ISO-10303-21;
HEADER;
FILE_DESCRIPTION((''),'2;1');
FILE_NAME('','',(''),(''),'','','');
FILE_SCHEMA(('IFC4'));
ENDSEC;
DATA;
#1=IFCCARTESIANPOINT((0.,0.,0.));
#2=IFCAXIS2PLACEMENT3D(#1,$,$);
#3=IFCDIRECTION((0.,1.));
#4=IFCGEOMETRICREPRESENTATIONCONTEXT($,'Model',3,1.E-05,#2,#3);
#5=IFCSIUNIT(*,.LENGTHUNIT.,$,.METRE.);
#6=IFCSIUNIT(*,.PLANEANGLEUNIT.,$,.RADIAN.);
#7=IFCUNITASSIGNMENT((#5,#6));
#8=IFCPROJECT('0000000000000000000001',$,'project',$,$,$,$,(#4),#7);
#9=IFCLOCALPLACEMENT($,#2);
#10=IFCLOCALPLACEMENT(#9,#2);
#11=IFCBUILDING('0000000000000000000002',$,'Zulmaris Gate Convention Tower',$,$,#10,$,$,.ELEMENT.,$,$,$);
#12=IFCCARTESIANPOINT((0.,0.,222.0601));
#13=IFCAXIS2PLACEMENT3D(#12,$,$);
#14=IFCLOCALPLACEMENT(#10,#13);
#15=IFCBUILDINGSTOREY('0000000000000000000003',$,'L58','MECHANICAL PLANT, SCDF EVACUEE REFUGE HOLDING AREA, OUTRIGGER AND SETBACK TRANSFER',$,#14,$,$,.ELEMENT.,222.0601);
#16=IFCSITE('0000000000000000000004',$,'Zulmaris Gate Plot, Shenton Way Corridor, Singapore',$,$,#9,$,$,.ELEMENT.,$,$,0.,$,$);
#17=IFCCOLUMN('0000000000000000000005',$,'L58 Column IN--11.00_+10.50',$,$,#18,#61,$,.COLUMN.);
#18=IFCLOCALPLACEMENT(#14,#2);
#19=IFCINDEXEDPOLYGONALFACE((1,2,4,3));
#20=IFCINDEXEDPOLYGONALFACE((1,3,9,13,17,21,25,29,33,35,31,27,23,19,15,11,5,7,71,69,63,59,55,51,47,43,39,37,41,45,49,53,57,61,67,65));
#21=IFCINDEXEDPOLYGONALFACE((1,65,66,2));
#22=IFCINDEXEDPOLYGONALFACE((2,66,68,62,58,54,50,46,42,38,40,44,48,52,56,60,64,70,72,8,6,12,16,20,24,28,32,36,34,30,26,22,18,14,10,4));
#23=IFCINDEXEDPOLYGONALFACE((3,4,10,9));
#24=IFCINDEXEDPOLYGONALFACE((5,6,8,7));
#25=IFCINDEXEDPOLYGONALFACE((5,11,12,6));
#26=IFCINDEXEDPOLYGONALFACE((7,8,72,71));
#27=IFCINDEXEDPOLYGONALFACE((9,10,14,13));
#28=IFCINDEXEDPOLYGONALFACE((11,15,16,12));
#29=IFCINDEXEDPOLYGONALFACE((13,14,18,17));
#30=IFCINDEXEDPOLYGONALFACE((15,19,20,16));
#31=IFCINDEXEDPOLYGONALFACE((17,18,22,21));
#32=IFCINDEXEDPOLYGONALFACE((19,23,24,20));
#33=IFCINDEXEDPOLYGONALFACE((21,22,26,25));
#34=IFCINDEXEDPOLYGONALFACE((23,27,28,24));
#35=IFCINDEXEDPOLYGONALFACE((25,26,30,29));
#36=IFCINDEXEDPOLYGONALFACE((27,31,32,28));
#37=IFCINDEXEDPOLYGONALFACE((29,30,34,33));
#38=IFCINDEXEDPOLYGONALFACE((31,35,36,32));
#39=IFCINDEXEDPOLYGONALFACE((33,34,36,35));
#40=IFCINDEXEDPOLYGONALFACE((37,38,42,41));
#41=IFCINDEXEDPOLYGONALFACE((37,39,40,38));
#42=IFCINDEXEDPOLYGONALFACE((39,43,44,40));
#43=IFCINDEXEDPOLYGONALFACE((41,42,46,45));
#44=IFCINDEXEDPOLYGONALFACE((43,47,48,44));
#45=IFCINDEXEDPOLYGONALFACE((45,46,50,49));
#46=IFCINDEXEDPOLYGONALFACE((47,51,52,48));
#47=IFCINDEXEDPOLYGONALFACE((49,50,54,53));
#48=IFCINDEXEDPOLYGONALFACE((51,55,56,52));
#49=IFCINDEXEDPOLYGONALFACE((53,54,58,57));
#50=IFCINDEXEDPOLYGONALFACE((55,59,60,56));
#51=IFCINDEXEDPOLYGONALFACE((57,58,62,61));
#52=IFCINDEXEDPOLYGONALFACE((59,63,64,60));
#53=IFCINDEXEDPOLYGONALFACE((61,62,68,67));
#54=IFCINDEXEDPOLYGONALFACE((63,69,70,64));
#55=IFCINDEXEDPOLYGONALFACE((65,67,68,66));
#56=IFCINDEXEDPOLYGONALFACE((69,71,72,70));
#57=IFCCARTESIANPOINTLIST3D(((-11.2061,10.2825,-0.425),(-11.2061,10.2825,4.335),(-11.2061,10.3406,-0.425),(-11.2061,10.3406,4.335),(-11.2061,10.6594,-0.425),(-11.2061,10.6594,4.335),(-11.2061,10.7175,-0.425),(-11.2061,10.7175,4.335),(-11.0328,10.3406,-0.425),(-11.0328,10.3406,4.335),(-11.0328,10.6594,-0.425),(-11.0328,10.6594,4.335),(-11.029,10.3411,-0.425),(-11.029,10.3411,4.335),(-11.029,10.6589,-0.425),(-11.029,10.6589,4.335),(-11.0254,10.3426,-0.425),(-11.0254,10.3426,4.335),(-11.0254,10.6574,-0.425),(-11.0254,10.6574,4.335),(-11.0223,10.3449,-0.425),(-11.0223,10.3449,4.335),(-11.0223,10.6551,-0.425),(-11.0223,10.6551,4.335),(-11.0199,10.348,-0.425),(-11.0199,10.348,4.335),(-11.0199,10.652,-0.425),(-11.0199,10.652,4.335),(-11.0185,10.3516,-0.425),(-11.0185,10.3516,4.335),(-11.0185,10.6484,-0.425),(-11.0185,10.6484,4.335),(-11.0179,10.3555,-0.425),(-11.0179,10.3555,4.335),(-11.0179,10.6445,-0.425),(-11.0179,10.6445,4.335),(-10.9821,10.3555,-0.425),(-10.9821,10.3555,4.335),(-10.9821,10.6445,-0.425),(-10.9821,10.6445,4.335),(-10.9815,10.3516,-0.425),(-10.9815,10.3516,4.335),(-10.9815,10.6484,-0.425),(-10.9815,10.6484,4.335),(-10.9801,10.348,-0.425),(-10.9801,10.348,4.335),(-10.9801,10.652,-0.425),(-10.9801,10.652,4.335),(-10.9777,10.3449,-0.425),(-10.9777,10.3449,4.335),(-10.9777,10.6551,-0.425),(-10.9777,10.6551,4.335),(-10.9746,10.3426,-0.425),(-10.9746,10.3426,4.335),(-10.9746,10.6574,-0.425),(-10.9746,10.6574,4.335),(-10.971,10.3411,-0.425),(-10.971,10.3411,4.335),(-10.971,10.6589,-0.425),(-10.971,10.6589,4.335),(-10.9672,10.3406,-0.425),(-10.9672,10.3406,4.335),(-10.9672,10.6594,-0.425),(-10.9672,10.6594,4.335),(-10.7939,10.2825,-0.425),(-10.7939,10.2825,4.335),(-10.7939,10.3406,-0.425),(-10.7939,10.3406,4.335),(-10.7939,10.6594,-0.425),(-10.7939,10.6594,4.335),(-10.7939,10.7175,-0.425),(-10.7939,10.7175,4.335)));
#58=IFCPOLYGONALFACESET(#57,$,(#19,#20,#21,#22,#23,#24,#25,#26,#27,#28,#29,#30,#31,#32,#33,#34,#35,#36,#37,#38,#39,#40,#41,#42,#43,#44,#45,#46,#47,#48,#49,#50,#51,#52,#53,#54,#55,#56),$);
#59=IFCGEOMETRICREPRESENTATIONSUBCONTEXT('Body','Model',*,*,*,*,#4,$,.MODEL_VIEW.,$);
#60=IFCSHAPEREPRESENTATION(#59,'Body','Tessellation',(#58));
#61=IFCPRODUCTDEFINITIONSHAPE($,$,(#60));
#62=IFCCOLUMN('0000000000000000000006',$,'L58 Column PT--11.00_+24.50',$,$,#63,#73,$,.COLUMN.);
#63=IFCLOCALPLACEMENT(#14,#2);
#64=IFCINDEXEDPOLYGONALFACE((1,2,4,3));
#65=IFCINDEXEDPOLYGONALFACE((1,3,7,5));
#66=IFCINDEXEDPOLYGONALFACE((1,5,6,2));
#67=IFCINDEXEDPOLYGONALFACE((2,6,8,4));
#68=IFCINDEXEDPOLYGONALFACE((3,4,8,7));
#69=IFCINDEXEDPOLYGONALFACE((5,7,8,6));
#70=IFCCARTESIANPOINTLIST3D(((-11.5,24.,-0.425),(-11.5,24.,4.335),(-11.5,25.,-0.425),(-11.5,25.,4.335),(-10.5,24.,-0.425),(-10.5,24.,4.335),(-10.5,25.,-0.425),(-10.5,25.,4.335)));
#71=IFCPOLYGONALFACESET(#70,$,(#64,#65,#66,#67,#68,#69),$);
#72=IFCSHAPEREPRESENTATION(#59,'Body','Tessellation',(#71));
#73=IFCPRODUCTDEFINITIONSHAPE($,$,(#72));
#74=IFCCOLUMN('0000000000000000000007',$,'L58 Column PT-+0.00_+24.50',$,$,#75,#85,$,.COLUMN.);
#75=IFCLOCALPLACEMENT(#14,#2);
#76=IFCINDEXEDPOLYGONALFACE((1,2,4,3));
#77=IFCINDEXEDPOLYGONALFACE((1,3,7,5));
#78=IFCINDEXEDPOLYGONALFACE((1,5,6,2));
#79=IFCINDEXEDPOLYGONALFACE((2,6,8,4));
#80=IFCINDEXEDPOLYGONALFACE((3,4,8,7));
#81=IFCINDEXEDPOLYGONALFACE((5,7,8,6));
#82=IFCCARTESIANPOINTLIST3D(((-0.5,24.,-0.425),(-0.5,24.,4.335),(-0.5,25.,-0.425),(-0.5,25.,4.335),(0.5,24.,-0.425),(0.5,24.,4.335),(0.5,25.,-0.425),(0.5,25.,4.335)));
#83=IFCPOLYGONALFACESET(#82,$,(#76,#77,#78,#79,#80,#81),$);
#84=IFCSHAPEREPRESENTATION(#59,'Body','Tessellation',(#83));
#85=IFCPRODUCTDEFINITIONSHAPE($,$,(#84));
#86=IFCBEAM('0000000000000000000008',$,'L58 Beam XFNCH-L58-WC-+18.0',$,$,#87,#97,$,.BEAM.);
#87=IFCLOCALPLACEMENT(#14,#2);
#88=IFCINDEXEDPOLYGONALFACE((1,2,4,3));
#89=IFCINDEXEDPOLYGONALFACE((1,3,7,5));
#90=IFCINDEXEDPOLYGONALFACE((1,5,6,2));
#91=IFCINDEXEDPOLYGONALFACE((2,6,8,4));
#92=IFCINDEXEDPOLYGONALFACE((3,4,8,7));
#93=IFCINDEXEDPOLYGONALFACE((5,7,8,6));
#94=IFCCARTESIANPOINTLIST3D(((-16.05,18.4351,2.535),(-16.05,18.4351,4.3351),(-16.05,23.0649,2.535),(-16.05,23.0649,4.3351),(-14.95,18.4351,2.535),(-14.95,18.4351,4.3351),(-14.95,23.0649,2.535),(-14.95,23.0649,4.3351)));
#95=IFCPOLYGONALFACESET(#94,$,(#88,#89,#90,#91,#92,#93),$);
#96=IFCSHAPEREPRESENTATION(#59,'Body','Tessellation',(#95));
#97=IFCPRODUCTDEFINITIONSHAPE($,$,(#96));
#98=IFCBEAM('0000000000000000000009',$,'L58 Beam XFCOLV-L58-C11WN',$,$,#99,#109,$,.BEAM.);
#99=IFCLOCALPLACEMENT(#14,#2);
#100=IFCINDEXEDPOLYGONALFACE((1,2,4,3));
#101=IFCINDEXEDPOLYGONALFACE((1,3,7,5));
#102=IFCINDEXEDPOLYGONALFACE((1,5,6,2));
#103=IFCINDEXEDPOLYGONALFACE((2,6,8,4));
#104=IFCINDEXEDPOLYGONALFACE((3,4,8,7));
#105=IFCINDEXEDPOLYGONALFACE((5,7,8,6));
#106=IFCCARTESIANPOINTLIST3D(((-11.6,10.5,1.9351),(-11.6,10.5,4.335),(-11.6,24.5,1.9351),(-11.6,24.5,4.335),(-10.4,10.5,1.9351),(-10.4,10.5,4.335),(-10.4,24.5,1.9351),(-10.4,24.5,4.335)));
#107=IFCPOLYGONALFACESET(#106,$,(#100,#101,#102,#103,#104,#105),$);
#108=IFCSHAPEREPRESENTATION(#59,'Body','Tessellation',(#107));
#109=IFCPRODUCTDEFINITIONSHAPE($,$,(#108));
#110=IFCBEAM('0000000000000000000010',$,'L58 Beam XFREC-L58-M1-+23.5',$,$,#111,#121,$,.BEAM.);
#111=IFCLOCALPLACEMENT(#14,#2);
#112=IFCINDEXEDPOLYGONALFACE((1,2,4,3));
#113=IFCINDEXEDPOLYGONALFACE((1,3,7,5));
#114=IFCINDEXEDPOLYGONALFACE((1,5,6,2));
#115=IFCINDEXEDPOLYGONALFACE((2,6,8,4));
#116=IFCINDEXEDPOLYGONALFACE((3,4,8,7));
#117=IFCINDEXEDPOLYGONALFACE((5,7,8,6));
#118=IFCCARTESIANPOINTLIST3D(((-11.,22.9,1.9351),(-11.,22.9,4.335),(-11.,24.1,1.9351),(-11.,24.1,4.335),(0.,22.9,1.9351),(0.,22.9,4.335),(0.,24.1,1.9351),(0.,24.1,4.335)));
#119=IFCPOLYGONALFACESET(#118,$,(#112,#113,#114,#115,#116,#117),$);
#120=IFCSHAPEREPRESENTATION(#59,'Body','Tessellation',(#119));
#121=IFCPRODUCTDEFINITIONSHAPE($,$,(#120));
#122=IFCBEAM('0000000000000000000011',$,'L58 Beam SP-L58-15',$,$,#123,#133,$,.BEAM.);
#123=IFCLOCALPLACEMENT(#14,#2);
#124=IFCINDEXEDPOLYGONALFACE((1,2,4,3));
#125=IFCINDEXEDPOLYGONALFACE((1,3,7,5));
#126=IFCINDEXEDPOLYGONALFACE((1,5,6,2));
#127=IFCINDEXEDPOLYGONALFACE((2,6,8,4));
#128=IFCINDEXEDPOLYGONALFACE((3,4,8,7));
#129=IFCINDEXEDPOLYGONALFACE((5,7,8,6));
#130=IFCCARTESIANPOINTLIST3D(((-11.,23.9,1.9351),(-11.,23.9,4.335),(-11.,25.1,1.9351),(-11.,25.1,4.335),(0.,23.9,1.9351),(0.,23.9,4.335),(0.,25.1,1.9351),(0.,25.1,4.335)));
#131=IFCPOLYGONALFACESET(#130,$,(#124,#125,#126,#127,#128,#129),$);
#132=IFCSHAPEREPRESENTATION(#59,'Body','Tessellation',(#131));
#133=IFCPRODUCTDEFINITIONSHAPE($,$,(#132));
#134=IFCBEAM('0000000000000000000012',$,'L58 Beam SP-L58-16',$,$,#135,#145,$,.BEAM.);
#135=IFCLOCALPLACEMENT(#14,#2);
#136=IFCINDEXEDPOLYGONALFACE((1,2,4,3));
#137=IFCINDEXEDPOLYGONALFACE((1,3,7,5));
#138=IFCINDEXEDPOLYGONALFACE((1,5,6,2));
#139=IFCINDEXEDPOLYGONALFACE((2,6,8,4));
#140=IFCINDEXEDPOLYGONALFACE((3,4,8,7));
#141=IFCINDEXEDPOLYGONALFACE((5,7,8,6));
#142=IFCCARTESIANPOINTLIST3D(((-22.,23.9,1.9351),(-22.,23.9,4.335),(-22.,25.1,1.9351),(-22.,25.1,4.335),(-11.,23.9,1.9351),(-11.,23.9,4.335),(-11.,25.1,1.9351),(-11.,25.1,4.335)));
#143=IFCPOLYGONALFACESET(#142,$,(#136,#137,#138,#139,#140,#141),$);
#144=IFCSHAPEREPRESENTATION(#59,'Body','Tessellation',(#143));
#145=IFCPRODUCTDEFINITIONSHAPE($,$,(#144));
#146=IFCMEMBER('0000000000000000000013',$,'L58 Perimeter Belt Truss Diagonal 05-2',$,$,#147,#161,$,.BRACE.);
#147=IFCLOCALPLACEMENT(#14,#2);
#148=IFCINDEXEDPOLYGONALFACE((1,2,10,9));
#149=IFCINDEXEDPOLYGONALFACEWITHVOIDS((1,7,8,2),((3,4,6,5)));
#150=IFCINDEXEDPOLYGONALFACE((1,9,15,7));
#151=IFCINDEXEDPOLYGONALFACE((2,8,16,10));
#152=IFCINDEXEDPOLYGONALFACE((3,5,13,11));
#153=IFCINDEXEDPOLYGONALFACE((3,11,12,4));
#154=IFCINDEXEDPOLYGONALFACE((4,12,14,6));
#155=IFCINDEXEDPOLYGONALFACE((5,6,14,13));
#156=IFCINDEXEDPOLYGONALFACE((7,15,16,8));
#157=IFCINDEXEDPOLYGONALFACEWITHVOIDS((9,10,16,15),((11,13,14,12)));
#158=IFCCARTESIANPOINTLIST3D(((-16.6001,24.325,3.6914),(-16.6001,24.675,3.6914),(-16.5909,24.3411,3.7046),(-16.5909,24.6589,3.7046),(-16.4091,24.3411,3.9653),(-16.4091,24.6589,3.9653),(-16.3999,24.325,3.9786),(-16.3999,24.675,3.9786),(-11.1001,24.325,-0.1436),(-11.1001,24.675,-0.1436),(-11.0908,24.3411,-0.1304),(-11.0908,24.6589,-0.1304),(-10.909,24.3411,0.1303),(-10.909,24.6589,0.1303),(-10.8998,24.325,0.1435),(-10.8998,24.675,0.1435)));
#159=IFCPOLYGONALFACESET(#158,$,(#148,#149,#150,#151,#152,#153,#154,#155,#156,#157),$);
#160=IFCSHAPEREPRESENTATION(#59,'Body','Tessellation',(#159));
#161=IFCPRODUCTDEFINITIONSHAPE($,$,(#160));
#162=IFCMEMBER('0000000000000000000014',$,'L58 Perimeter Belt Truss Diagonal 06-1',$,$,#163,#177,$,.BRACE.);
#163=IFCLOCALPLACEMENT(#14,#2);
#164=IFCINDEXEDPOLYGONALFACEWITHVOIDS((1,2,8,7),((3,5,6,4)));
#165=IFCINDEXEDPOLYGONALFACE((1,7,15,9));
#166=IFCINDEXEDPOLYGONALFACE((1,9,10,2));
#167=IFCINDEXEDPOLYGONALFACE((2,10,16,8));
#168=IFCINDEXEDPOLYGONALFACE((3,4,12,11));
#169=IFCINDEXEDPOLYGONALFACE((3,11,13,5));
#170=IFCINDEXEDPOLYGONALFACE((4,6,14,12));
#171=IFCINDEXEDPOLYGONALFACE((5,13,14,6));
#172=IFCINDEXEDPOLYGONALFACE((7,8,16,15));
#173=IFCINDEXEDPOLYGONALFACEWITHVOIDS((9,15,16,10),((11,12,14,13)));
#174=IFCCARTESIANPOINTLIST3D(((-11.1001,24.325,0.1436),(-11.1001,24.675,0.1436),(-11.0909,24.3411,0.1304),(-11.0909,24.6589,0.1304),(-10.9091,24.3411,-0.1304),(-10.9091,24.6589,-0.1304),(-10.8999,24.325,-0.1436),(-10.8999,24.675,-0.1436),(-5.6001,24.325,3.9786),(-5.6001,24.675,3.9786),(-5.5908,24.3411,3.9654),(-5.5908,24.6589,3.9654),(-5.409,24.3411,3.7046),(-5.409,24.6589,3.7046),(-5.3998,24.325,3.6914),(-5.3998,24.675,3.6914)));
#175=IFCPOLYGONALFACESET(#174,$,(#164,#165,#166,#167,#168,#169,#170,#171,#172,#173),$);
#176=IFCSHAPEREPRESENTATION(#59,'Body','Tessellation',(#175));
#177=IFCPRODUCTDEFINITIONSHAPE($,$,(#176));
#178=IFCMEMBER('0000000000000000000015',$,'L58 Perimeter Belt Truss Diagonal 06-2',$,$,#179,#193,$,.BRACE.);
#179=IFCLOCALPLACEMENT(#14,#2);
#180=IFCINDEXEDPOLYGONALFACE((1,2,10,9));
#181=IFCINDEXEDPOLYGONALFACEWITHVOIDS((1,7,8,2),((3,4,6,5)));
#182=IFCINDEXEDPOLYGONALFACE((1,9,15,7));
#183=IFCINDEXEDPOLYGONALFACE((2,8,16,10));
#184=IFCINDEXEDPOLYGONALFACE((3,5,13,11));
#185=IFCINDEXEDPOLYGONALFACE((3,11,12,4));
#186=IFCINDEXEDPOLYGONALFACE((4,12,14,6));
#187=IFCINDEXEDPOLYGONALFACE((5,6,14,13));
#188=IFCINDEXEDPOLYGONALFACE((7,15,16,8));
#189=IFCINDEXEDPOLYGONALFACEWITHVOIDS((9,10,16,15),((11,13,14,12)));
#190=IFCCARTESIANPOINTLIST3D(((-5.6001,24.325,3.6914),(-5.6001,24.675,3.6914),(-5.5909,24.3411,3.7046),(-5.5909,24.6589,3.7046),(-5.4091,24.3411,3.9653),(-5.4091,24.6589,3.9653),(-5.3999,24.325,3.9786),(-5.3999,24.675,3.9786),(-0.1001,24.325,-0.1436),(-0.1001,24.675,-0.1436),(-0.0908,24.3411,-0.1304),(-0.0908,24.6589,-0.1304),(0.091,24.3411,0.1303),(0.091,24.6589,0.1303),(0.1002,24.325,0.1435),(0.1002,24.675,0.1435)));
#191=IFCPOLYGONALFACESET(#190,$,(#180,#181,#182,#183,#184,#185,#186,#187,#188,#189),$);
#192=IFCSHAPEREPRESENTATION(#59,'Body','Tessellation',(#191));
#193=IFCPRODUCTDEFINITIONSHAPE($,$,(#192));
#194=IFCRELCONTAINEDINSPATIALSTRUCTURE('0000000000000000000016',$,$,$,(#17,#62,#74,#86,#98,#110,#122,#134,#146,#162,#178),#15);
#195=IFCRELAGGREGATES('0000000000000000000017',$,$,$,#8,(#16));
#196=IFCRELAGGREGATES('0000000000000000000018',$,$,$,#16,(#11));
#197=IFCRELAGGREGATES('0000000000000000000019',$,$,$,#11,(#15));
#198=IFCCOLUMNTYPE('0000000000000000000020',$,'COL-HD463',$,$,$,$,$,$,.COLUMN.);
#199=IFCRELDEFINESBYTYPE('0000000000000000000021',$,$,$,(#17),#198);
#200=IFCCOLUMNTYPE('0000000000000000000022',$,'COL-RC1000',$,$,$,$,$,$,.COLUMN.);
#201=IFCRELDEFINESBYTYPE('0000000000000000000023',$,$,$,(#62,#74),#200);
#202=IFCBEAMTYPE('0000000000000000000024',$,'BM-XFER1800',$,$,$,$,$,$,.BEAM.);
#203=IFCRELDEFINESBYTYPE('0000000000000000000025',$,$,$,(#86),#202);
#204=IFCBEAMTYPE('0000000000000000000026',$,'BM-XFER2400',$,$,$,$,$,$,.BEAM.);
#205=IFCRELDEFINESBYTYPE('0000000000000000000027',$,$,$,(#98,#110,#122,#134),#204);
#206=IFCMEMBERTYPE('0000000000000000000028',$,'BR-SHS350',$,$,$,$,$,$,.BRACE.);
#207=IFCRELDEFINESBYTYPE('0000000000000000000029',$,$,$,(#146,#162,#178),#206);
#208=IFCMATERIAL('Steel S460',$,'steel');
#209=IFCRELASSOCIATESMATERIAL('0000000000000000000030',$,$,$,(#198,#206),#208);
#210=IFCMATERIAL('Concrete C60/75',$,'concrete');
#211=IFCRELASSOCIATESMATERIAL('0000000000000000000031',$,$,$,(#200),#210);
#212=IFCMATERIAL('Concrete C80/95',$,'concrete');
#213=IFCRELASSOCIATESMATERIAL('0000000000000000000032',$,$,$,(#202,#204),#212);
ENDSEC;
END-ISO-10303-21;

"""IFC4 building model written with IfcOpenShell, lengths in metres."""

from ifc_helpers import new_model, si_unit, direction, frame, origin, origin_2d, place, context, subcontext, project, spatial, rectangle, hollow_rectangle, i_section, extrude, material, material_profile, profile_set, type_object, element, save


model = new_model("IFC4")

# Units and contexts
model_context = context("Model", 3, precision=1e-05, world=origin(), true_north=direction((0.0, 1.0)))
body_context = subcontext(model_context, "Body", "Model", "MODEL_VIEW")
ifc_project = project(units=[si_unit("LENGTHUNIT", "METRE"), si_unit("PLANEANGLEUNIT", "RADIAN")], contexts=[model_context])

# Site, building, storey
site_placement = place(None, origin())
site = spatial("IfcSite", under=ifc_project, at=site_placement, Name="Zulmaris Gate Plot, Shenton Way Corridor, Singapore", CompositionType="ELEMENT", RefElevation=0.0)
building_placement = place(site_placement, origin())
building = spatial("IfcBuilding", under=site, at=building_placement, Name="Zulmaris Gate Convention Tower", CompositionType="ELEMENT")
storey_placement = place(building_placement, frame((0.0, 0.0, 222.0601)))
storey = spatial("IfcBuildingStorey", under=building, at=storey_placement, Name="L58", Description="MECHANICAL PLANT, SCDF EVACUEE REFUGE HOLDING AREA, OUTRIGGER AND SETBACK TRANSFER", CompositionType="ELEMENT", Elevation=222.0601)

# Columns
ifc_material_1 = material(Name="Steel S460", Category="steel")
ifc_material_profile_1 = material_profile(ifc_material_1, i_section(OverallWidth=0.4121, OverallDepth=0.4351, WebThickness=0.0359, FlangeThickness=0.0581, FilletRadius=0.0149, at=origin_2d()), Name="HD 400x463")
ifc_profile_set_1 = profile_set([ifc_material_profile_1], Name="Steel S460")
column_type_1 = type_object("IfcColumnType", Name="COL-HD463", PredefinedType="COLUMN", material=ifc_profile_set_1)
column_placement = place(storey_placement, frame((-11.0, 10.5, -0.425), z_axis=(0.0, 0.0, 1.0), x_axis=(1.0, 0.0, 0.0)))
element("IfcColumn", 1, at=column_placement, inside=storey, type_object=column_type_1, Name="L58 Column IN--11.00_+10.50", PredefinedType="COLUMN", context=body_context, shape_type="SweptSolid", body=[
    extrude(i_section(OverallWidth=0.4121, OverallDepth=0.4351, WebThickness=0.0359, FlangeThickness=0.0581, FilletRadius=0.0149, at=origin_2d()), origin(), (0.0, 0.0, 1.0), 4.76),
])
ifc_material_2 = material(Name="Concrete C60/75", Category="concrete")
ifc_material_profile_2 = material_profile(ifc_material_2, rectangle(XDim=1.0, YDim=1.0, at=origin_2d()), Name="RC COL 1000x1000")
ifc_profile_set_2 = profile_set([ifc_material_profile_2], Name="Concrete C60/75")
column_type_2 = type_object("IfcColumnType", Name="COL-RC1000", PredefinedType="COLUMN", material=ifc_profile_set_2)
for number, where, z_axis, x_axis, name in (
    (2, (-11.0, 24.5, -0.425), (0.0, 0.0, 1.0), (1.0, 0.0, 0.0), "L58 Column PT--11.00_+24.50"),
    (3, (0.0, 24.5, -0.425), (0.0, 0.0, 1.0), (1.0, 0.0, 0.0), "L58 Column PT-+0.00_+24.50"),
):
    element("IfcColumn", number, at=place(storey_placement, frame(where, z_axis=z_axis, x_axis=x_axis)), inside=storey, type_object=column_type_2, Name=name, PredefinedType="COLUMN", context=body_context, shape_type="SweptSolid", body=[
        extrude(rectangle(XDim=1.0, YDim=1.0, at=origin_2d()), origin(), (0.0, 0.0, 1.0), 4.76),
    ])

# Beams
ifc_material_3 = material(Name="Concrete C80/95", Category="concrete")
ifc_material_profile_3 = material_profile(ifc_material_3, rectangle(XDim=1.1001, YDim=1.8, at=origin_2d()), Name="RC TRANSFER 1100x1800")
ifc_profile_set_3 = profile_set([ifc_material_profile_3], Name="Concrete C80/95")
beam_type_1 = type_object("IfcBeamType", Name="BM-XFER1800", PredefinedType="BEAM", material=ifc_profile_set_3)
beam_1_placement = place(storey_placement, frame((-15.5, 18.4351, 3.4351), z_axis=(0.0, 1.0, 0.0), x_axis=(-1.0, 0.0, 0.0)))
element("IfcBeam", 4, at=beam_1_placement, inside=storey, type_object=beam_type_1, Name="L58 Beam XFNCH-L58-WC-+18.0", PredefinedType="BEAM", context=body_context, shape_type="SweptSolid", body=[
    extrude(rectangle(XDim=1.1001, YDim=1.8, at=origin_2d()), origin(), (0.0, 0.0, 1.0), 4.6299),
])
ifc_material_profile_4 = material_profile(ifc_material_3, rectangle(XDim=1.2, YDim=2.3999, at=origin_2d()), Name="RC TRANSFER 1200x2400")
ifc_profile_set_4 = profile_set([ifc_material_profile_4], Name="Concrete C80/95")
beam_type_2 = type_object("IfcBeamType", Name="BM-XFER2400", PredefinedType="BEAM", material=ifc_profile_set_4)
beam_2_placement = place(storey_placement, frame((-11.0, 10.5, 3.135), z_axis=(0.0, 1.0, 0.0), x_axis=(-1.0, 0.0, 0.0)))
element("IfcBeam", 5, at=beam_2_placement, inside=storey, type_object=beam_type_2, Name="L58 Beam XFCOLV-L58-C11WN", PredefinedType="BEAM", context=body_context, shape_type="SweptSolid", body=[
    extrude(rectangle(XDim=1.2, YDim=2.3999, at=origin_2d()), origin(), (0.0, 0.0, 1.0), 14.0),
])
for number, where, z_axis, x_axis, name in (
    (6, (-11.0, 23.5, 3.135), (1.0, 0.0, 0.0), (0.0, 1.0, 0.0), "L58 Beam XFREC-L58-M1-+23.5"),
    (7, (0.0, 24.5, 3.135), (-1.0, 0.0, 0.0), (0.0, -1.0, 0.0), "L58 Beam SP-L58-15"),
    (8, (-11.0, 24.5, 3.135), (-1.0, 0.0, 0.0), (0.0, -1.0, 0.0), "L58 Beam SP-L58-16"),
):
    element("IfcBeam", number, at=place(storey_placement, frame(where, z_axis=z_axis, x_axis=x_axis)), inside=storey, type_object=beam_type_2, Name=name, PredefinedType="BEAM", context=body_context, shape_type="SweptSolid", body=[
        extrude(rectangle(XDim=1.2, YDim=2.3999, at=origin_2d()), origin(), (0.0, 0.0, 1.0), 11.0),
    ])

# Members
ifc_material_profile_5 = material_profile(ifc_material_1, hollow_rectangle(XDim=0.3501, YDim=0.3501, WallThickness=0.0161, at=origin_2d()), Name="SHS 350x350x16")
ifc_profile_set_5 = profile_set([ifc_material_profile_5], Name="Steel S460")
member_type = type_object("IfcMemberType", Name="BR-SHS350", PredefinedType="BRACE", material=ifc_profile_set_5)
for number, where, z_axis, x_axis, name in (
    (9, (-16.5, 24.5, 3.835), (0.820284, 0.0, -0.571956), (0.0, 1.0, 0.0), "L58 Perimeter Belt Truss Diagonal 05-2"),
    (10, (-11.0, 24.5, 0.0), (0.820284, 0.0, 0.571956), (0.0, 1.0, 0.0), "L58 Perimeter Belt Truss Diagonal 06-1"),
    (11, (-5.5, 24.5, 3.835), (0.820284, 0.0, -0.571956), (0.0, 1.0, 0.0), "L58 Perimeter Belt Truss Diagonal 06-2"),
):
    element("IfcMember", number, at=place(storey_placement, frame(where, z_axis=z_axis, x_axis=x_axis)), inside=storey, type_object=member_type, Name=name, PredefinedType="BRACE", context=body_context, shape_type="SweptSolid", body=[
        extrude(hollow_rectangle(XDim=0.3501, YDim=0.3501, WallThickness=0.0161, at=origin_2d()), origin(), (0.0, 0.0, 1.0), 6.7051),
    ])

save(model, "model.ifc")
